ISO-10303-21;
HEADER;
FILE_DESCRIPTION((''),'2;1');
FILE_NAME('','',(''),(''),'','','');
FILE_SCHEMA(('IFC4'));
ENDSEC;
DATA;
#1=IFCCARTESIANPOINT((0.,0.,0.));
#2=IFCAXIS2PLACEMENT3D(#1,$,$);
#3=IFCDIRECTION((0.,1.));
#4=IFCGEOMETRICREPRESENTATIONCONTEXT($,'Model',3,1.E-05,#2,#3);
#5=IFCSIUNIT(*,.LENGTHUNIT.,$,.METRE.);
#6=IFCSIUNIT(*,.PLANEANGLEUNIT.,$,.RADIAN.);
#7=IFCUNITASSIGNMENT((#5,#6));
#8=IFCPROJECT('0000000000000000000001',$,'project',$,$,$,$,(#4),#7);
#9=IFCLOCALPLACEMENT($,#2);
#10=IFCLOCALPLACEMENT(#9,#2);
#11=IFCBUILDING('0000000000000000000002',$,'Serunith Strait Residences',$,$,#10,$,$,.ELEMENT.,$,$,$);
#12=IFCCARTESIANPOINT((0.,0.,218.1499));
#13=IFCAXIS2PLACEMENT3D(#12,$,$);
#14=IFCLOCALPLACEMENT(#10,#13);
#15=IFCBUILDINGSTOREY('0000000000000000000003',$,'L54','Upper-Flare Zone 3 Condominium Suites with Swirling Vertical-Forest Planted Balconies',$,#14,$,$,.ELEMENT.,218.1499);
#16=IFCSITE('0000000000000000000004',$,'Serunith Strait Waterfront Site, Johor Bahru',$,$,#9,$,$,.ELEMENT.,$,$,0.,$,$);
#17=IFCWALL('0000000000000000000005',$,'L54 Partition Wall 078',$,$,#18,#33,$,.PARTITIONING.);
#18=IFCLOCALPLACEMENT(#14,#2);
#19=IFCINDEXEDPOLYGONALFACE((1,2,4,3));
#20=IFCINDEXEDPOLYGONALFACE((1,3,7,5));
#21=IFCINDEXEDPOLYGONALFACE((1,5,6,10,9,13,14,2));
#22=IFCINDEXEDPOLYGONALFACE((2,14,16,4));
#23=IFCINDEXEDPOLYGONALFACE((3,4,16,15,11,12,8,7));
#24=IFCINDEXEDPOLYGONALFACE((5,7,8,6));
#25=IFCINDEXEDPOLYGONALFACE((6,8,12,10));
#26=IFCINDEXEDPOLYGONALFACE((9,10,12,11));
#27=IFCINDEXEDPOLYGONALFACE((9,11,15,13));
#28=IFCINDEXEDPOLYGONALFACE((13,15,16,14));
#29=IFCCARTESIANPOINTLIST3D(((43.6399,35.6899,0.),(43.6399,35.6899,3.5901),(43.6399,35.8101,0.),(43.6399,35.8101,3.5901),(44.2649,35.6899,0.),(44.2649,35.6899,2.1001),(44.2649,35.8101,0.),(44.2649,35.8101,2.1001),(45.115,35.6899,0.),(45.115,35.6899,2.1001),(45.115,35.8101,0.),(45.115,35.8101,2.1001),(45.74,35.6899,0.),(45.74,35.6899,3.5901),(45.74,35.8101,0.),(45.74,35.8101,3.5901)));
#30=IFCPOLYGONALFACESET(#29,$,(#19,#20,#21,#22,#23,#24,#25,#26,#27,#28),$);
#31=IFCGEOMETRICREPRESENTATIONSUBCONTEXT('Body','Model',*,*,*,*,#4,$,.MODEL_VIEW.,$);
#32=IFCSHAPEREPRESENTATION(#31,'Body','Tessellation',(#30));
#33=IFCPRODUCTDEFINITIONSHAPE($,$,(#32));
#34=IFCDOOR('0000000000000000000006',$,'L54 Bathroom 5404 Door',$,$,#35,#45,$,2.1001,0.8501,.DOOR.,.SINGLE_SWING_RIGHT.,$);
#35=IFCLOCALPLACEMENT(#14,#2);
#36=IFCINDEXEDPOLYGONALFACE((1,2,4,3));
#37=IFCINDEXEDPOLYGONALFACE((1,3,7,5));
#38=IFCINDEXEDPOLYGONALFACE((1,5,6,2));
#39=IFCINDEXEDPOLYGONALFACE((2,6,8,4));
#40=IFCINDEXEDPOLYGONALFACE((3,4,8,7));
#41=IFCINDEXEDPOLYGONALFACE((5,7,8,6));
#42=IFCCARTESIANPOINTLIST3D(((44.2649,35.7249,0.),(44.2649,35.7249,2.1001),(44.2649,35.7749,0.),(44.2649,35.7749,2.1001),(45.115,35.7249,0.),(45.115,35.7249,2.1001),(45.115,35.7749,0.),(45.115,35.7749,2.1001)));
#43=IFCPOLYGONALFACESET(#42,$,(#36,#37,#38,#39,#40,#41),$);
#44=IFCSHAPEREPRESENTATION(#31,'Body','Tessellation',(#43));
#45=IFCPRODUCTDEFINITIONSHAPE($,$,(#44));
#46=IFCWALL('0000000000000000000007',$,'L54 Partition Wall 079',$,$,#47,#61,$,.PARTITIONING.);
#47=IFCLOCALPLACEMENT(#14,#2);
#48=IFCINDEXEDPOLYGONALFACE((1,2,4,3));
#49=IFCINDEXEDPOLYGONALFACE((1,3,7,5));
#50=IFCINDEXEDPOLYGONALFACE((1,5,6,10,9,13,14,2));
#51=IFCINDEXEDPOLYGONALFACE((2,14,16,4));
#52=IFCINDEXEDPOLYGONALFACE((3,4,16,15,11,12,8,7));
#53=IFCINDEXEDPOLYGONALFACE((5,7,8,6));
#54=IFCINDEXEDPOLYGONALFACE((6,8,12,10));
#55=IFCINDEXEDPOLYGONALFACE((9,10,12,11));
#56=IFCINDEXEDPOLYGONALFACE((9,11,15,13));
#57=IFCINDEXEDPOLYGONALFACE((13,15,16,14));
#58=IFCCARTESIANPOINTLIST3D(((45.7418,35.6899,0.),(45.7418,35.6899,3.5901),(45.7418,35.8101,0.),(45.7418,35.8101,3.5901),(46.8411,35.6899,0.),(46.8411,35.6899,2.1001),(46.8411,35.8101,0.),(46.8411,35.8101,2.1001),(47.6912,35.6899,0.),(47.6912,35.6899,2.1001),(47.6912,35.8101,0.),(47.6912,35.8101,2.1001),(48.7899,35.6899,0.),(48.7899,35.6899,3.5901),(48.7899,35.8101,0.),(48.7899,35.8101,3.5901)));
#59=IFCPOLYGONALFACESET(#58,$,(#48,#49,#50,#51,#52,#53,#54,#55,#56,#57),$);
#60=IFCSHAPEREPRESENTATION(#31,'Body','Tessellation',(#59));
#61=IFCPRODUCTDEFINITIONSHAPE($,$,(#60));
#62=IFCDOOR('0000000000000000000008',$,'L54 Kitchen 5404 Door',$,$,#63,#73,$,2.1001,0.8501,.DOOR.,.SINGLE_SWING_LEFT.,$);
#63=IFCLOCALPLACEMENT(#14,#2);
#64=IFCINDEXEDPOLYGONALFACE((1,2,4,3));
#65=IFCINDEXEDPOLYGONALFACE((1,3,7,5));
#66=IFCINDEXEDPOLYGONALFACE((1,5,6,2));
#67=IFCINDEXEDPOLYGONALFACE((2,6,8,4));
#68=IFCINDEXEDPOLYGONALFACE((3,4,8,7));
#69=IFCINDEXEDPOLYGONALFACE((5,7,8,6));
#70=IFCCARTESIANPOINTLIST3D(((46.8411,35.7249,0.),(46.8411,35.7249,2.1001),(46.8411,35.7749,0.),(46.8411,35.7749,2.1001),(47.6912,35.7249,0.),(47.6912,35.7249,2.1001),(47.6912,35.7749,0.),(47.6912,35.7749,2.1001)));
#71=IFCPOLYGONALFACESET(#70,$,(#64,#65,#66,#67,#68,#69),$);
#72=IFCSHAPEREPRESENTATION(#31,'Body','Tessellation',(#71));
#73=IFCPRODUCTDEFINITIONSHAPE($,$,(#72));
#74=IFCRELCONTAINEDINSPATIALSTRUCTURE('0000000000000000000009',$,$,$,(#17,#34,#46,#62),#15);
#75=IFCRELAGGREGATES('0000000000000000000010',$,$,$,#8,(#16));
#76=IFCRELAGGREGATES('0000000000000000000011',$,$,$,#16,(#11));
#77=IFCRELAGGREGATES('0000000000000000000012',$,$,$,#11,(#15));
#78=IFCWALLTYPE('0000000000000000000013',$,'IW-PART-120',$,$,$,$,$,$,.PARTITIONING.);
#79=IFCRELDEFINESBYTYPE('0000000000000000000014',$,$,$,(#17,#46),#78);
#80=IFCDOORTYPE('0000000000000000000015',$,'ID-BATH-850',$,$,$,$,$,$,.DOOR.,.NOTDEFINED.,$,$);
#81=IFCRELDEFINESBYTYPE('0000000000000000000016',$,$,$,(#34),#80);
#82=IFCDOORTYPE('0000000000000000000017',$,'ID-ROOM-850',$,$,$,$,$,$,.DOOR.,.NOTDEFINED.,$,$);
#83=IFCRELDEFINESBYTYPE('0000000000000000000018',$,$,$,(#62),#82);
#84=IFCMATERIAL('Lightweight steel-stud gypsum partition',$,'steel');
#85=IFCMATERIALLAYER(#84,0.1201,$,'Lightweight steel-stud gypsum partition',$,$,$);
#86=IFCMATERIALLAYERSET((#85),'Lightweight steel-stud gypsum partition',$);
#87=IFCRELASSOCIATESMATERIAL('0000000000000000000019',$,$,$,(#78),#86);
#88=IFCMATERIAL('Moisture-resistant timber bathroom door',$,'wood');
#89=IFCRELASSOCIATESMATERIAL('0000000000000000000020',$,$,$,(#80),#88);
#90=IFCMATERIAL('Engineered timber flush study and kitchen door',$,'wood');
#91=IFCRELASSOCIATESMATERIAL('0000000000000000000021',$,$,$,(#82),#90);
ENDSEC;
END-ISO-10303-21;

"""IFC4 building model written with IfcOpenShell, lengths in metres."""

from ifc_helpers import new_model, si_unit, direction, frame, frame_2d, origin, place, context, subcontext, project, spatial, rectangle, extrude, source, transform, mapped, material, layer, layer_set, type_object, element, fill, save


model = new_model("IFC4")

# Units and contexts
model_context = context("Model", 3, precision=1e-05, world=origin(), true_north=direction((0.0, 1.0)))
body_context = subcontext(model_context, "Body", "Model", "MODEL_VIEW")
ifc_project = project(units=[si_unit("LENGTHUNIT", "METRE"), si_unit("PLANEANGLEUNIT", "RADIAN")], contexts=[model_context])

# Site, building, storey
site_placement = place(None, origin())
site = spatial("IfcSite", under=ifc_project, at=site_placement, Name="Serunith Strait Waterfront Site, Johor Bahru", CompositionType="ELEMENT", RefElevation=0.0)
building_placement = place(site_placement, origin())
building = spatial("IfcBuilding", under=site, at=building_placement, Name="Serunith Strait Residences", CompositionType="ELEMENT")
storey_placement = place(building_placement, frame((0.0, 0.0, 218.1499)))
storey = spatial("IfcBuildingStorey", under=building, at=storey_placement, Name="L54", Description="Upper-Flare Zone 3 Condominium Suites with Swirling Vertical-Forest Planted Balconies", CompositionType="ELEMENT", Elevation=218.1499)

# Shared definitions
ifc_material_1 = material(Name="Lightweight steel-stud gypsum partition", Category="steel")
ifc_layer_1 = layer(ifc_material_1, 0.1201, Name="Lightweight steel-stud gypsum partition")
ifc_layer_set_1 = layer_set([ifc_layer_1], Name="Lightweight steel-stud gypsum partition")
wall_type = type_object("IfcWallType", Name="IW-PART-120", PredefinedType="PARTITIONING", material=ifc_layer_set_1)

# Walls, openings, doors
wall_1_placement = place(storey_placement, frame((43.6399, 35.75, 0.0), z_axis=(0.0, 0.0, 1.0), x_axis=(1.0, 0.0, 0.0)))
wall_1 = element("IfcWall", 1, at=wall_1_placement, inside=storey, type_object=wall_type, Name="L54 Partition Wall 078", PredefinedType="PARTITIONING", context=body_context, shape_type="SweptSolid", body=[
    extrude(rectangle(XDim=2.1001, YDim=0.1201, at=frame_2d((1.05, 0.0))), origin(), (0.0, 0.0, 1.0), 3.5901),
])
opening_1_placement = place(wall_1_placement, frame((0.625, 0.0, 0.0)))
opening_1 = element("IfcOpeningElement", 2, at=opening_1_placement, cuts=wall_1, PredefinedType="OPENING", context=body_context, shape_type="SweptSolid", body=[
    extrude(rectangle(XDim=0.8501, YDim=2.1001, at=frame_2d((0.425, 1.05))), frame((0.0, 0.0701, 0.0), z_axis=(0.0, -1.0, 0.0), x_axis=(1.0, 0.0, 0.0)), (0.0, 0.0, 1.0), 0.1401),
])
ifc_material_2 = material(Name="Moisture-resistant timber bathroom door", Category="wood")
door_type_1 = type_object("IfcDoorType", Name="ID-BATH-850", OperationType="NOTDEFINED", PredefinedType="DOOR", material=ifc_material_2)
shared_shape_1 = source(origin(), body_context, "Body", "SweptSolid", [
    extrude(rectangle(XDim=0.8501, YDim=2.1001, at=frame_2d((0.425, 1.05))), frame((0.0, 0.0249, 0.0), z_axis=(0.0, -1.0, 0.0), x_axis=(1.0, 0.0, 0.0)), (0.0, 0.0, 1.0), 0.05),
])
door_1_placement = place(opening_1_placement, origin())
door_1 = element("IfcDoor", 3, at=door_1_placement, inside=storey, type_object=door_type_1, Name="L54 Bathroom 5404 Door", OperationType="SINGLE_SWING_RIGHT", OverallHeight=2.1001, OverallWidth=0.8501, PredefinedType="DOOR", context=body_context, shape_type="MappedRepresentation", body=[
    mapped(shared_shape_1, transform((0.0, 0.0, 0.0), scale=1.0)),
])
fill(opening_1, door_1)
wall_2_placement = place(storey_placement, frame((45.7419, 35.75, 0.0), z_axis=(0.0, 0.0, 1.0), x_axis=(1.0, 0.0, 0.0)))
wall_2 = element("IfcWall", 4, at=wall_2_placement, inside=storey, type_object=wall_type, Name="L54 Partition Wall 079", PredefinedType="PARTITIONING", context=body_context, shape_type="SweptSolid", body=[
    extrude(rectangle(XDim=3.0481, YDim=0.1201, at=frame_2d((1.5239, 0.0))), origin(), (0.0, 0.0, 1.0), 3.5901),
])
opening_2_placement = place(wall_2_placement, frame((1.0991, 0.0, 0.0)))
opening_2 = element("IfcOpeningElement", 5, at=opening_2_placement, cuts=wall_2, PredefinedType="OPENING", context=body_context, shape_type="SweptSolid", body=[
    extrude(rectangle(XDim=0.8501, YDim=2.1001, at=frame_2d((0.425, 1.05))), frame((0.0, 0.0701, 0.0), z_axis=(0.0, -1.0, 0.0), x_axis=(1.0, 0.0, 0.0)), (0.0, 0.0, 1.0), 0.1401),
])
ifc_material_3 = material(Name="Engineered timber flush study and kitchen door", Category="wood")
door_type_2 = type_object("IfcDoorType", Name="ID-ROOM-850", OperationType="NOTDEFINED", PredefinedType="DOOR", material=ifc_material_3)
door_2_placement = place(opening_2_placement, origin())
door_2 = element("IfcDoor", 6, at=door_2_placement, inside=storey, type_object=door_type_2, Name="L54 Kitchen 5404 Door", OperationType="SINGLE_SWING_LEFT", OverallHeight=2.1001, OverallWidth=0.8501, PredefinedType="DOOR", context=body_context, shape_type="MappedRepresentation", body=[
    mapped(shared_shape_1, transform((0.0, 0.0, 0.0), scale=1.0)),
])
fill(opening_2, door_2)

save(model, "model.ifc")
